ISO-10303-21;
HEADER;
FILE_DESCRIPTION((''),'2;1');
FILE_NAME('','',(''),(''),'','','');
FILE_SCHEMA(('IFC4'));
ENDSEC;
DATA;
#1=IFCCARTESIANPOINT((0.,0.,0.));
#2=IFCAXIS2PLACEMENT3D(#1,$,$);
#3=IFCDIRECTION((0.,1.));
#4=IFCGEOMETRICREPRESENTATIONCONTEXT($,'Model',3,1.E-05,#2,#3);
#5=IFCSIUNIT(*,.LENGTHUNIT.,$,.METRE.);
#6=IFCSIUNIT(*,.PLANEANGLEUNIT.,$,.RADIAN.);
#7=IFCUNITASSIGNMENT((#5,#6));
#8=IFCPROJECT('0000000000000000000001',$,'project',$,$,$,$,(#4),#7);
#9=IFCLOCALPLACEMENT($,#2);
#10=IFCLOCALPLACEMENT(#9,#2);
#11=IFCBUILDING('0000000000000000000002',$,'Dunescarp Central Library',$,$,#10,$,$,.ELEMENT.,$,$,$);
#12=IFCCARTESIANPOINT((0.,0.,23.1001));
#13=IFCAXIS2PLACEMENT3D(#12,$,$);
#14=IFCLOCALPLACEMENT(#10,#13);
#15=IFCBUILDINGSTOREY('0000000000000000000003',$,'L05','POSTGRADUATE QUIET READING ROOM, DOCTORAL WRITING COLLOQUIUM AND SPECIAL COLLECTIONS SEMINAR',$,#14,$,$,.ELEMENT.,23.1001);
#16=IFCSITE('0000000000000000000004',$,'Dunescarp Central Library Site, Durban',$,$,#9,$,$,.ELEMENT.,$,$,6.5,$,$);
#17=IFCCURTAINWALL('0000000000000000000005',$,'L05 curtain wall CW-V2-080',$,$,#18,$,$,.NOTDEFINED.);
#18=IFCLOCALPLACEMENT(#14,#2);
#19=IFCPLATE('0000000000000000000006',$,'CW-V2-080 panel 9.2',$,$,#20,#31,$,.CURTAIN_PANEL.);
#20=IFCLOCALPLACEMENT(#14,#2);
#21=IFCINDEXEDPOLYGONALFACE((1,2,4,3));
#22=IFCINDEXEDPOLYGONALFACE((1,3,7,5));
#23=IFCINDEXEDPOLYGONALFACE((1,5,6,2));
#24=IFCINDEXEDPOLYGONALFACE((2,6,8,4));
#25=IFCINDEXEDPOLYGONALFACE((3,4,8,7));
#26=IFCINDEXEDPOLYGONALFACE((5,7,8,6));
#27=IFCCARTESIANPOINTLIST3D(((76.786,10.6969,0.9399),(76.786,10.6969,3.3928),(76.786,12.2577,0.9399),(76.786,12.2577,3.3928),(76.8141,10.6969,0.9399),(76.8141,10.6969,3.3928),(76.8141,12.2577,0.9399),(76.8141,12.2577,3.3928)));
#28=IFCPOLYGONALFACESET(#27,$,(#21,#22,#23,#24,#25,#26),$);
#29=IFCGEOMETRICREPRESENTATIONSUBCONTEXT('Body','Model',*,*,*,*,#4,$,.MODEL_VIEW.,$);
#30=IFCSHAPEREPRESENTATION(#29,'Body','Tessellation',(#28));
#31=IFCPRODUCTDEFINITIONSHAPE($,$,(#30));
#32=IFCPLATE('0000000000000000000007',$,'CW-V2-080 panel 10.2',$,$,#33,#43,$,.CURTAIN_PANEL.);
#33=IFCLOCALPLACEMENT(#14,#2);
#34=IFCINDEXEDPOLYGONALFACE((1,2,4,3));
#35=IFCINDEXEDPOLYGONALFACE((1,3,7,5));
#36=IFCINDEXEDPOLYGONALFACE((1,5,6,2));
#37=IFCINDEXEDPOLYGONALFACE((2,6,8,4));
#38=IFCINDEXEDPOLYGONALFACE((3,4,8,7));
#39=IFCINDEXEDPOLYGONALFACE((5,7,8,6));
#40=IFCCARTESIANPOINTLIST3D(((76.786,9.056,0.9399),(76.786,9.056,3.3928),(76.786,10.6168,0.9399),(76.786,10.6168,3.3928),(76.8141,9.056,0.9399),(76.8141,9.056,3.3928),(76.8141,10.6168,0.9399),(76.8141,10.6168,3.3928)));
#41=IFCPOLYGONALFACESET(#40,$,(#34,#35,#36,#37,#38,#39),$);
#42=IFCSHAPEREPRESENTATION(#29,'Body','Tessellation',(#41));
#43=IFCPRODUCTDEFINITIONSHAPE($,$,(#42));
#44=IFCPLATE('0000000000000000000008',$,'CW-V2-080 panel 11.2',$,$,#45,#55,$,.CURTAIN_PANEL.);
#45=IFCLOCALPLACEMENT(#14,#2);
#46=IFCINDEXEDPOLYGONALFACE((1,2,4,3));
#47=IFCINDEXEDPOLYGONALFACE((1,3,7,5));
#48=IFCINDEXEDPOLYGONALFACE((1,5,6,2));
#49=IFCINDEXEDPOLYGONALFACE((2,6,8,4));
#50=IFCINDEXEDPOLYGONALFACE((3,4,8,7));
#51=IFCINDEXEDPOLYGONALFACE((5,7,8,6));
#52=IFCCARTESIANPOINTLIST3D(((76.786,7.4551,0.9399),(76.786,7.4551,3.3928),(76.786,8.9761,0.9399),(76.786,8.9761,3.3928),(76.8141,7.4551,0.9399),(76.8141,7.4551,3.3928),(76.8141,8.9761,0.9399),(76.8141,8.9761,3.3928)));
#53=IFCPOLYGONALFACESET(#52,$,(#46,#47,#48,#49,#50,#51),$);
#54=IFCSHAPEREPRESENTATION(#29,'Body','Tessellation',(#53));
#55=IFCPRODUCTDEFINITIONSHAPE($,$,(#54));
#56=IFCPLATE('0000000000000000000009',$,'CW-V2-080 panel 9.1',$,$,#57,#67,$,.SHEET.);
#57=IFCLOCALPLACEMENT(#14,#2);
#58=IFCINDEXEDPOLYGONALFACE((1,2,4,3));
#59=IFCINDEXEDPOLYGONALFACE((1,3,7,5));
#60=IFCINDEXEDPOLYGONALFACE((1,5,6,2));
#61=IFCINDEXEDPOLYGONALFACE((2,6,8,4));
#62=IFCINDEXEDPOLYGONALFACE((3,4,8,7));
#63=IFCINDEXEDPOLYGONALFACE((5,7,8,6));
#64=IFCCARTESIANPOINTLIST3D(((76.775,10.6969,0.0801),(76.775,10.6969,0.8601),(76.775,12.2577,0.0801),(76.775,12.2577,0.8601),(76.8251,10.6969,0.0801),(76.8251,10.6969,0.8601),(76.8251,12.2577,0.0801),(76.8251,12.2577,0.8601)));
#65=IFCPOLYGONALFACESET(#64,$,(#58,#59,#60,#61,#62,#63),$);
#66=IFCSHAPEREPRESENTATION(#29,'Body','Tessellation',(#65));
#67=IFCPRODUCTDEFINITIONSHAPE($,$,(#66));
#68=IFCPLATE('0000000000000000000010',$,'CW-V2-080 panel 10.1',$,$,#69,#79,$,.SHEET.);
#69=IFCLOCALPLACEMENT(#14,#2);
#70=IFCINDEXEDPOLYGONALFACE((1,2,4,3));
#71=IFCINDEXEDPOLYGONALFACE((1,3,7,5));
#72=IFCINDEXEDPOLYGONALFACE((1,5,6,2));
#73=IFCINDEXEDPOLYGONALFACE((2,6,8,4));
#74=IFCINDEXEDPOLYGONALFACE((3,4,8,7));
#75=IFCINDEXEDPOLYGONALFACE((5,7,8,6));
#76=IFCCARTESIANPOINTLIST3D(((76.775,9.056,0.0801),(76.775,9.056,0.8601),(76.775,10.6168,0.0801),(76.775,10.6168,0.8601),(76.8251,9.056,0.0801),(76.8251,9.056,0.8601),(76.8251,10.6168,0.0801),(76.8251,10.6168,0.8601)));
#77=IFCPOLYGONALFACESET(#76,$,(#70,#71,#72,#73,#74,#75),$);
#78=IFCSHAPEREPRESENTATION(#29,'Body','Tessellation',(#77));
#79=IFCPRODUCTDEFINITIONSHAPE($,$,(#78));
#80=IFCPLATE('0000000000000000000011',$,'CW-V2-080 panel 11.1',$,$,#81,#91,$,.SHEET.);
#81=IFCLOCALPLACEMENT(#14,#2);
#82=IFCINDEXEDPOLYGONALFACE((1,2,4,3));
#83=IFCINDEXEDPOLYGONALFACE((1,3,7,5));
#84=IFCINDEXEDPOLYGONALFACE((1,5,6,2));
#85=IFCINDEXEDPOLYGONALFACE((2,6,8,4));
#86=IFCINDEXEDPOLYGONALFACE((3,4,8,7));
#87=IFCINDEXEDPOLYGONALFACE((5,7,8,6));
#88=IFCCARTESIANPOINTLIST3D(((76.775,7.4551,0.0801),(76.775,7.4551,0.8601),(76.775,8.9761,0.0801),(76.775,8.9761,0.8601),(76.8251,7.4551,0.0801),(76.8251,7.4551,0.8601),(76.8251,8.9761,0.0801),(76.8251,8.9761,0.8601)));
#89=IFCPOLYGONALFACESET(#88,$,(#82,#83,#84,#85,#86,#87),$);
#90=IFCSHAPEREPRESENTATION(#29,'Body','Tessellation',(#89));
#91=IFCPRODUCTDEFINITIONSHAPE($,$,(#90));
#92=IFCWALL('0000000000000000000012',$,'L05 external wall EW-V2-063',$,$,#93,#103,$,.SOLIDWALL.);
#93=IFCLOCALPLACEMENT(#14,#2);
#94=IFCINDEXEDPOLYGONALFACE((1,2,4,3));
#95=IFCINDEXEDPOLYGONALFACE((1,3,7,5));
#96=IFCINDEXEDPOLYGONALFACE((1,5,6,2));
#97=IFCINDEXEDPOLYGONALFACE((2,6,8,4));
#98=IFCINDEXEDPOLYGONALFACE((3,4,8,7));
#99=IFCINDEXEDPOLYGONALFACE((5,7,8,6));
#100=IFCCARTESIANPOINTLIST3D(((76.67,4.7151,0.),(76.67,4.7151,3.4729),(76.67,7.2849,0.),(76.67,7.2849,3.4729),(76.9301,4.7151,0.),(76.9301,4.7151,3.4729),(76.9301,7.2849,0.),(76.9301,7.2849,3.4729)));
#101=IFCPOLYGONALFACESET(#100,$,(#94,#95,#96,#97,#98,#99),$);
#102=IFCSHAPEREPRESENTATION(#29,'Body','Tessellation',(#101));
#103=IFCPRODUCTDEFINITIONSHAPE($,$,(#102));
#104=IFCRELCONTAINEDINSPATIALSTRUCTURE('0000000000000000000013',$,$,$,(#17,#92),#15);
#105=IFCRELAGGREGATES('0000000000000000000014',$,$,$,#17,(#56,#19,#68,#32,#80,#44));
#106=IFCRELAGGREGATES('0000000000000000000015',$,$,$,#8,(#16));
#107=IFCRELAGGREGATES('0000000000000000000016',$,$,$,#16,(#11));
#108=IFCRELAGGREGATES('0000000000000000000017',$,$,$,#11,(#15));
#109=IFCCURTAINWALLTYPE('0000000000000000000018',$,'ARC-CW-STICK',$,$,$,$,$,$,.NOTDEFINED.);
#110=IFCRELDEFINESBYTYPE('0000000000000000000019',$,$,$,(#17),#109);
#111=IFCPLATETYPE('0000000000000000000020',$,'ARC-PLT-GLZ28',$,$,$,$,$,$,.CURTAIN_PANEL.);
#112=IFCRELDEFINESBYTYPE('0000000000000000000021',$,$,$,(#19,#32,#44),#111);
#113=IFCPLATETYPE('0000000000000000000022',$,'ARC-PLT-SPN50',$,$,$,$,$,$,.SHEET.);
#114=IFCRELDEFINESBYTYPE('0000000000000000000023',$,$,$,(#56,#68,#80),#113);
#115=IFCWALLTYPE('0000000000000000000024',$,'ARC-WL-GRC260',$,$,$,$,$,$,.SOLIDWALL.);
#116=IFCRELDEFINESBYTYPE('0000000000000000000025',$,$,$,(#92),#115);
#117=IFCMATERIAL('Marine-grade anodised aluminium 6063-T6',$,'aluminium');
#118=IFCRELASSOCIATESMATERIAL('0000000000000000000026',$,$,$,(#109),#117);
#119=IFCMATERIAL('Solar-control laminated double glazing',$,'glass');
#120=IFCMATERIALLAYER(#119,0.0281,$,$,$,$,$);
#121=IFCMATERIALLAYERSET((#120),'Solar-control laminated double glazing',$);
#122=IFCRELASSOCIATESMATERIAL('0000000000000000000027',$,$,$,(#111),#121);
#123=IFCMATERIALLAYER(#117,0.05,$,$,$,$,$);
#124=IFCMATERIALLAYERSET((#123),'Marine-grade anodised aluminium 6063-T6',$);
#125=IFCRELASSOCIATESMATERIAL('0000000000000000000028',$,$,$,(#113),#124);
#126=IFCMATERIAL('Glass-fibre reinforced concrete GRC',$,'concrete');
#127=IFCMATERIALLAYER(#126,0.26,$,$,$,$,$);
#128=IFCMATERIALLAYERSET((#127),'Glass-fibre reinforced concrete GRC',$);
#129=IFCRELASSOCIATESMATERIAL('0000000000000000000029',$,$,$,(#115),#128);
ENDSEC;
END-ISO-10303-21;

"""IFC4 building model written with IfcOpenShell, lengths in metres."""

from ifc_helpers import new_model, si_unit, direction, frame, frame_2d, origin, origin_2d, place, context, subcontext, project, spatial, rectangle, extrude, material, layer, layer_set, type_object, element, aggregate, save


model = new_model("IFC4")

# Units and contexts
model_context = context("Model", 3, precision=1e-05, world=origin(), true_north=direction((0.0, 1.0)))
body_context = subcontext(model_context, "Body", "Model", "MODEL_VIEW")
ifc_project = project(units=[si_unit("LENGTHUNIT", "METRE"), si_unit("PLANEANGLEUNIT", "RADIAN")], contexts=[model_context])

# Site, building, storey
site_placement = place(None, origin())
site = spatial("IfcSite", under=ifc_project, at=site_placement, Name="Dunescarp Central Library Site, Durban", CompositionType="ELEMENT", RefElevation=6.5)
building_placement = place(site_placement, origin())
building = spatial("IfcBuilding", under=site, at=building_placement, Name="Dunescarp Central Library", CompositionType="ELEMENT")
storey_placement = place(building_placement, frame((0.0, 0.0, 23.1001)))
storey = spatial("IfcBuildingStorey", under=building, at=storey_placement, Name="L05", Description="POSTGRADUATE QUIET READING ROOM, DOCTORAL WRITING COLLOQUIUM AND SPECIAL COLLECTIONS SEMINAR", CompositionType="ELEMENT", Elevation=23.1001)

# Curtain wall
ifc_material_1 = material(Name="Marine-grade anodised aluminium 6063-T6", Category="aluminium")
curtain_wall_type = type_object("IfcCurtainWallType", Name="ARC-CW-STICK", PredefinedType="NOTDEFINED", material=ifc_material_1)
curtain_wall_placement = place(storey_placement, origin())
curtain_wall = element("IfcCurtainWall", 1, at=curtain_wall_placement, inside=storey, type_object=curtain_wall_type, Name="L05 curtain wall CW-V2-080", PredefinedType="NOTDEFINED")

# Plates
ifc_material_2 = material(Name="Solar-control laminated double glazing", Category="glass")
ifc_layer_1 = layer(ifc_material_2, 0.0281)
ifc_layer_set_1 = layer_set([ifc_layer_1], Name="Solar-control laminated double glazing")
plate_type_1 = type_object("IfcPlateType", Name="ARC-PLT-GLZ28", PredefinedType="CURTAIN_PANEL", material=ifc_layer_set_1)
plate_1_placement = place(storey_placement, frame((76.8, 11.4773, 0.9399), z_axis=(0.0, 0.0, 1.0), x_axis=(0.0, -1.0, 0.0)))
plate_1 = element("IfcPlate", 2, at=plate_1_placement, type_object=plate_type_1, Name="CW-V2-080 panel 9.2", PredefinedType="CURTAIN_PANEL", context=body_context, shape_type="SweptSolid", body=[
    extrude(rectangle(XDim=1.5608, YDim=0.0281, at=origin_2d()), origin(), (0.0, 0.0, 1.0), 2.4529),
])
plate_2_placement = place(storey_placement, frame((76.8, 9.8364, 0.9399), z_axis=(0.0, 0.0, 1.0), x_axis=(0.0, -1.0, 0.0)))
plate_2 = element("IfcPlate", 3, at=plate_2_placement, type_object=plate_type_1, Name="CW-V2-080 panel 10.2", PredefinedType="CURTAIN_PANEL", context=body_context, shape_type="SweptSolid", body=[
    extrude(rectangle(XDim=1.5608, YDim=0.0281, at=origin_2d()), origin(), (0.0, 0.0, 1.0), 2.4529),
])
plate_3_placement = place(storey_placement, frame((76.8, 8.2156, 0.9399), z_axis=(0.0, 0.0, 1.0), x_axis=(0.0, -1.0, 0.0)))
plate_3 = element("IfcPlate", 4, at=plate_3_placement, type_object=plate_type_1, Name="CW-V2-080 panel 11.2", PredefinedType="CURTAIN_PANEL", context=body_context, shape_type="SweptSolid", body=[
    extrude(rectangle(XDim=1.521, YDim=0.0281, at=origin_2d()), origin(), (0.0, 0.0, 1.0), 2.4529),
])
ifc_layer_2 = layer(ifc_material_1, 0.05)
ifc_layer_set_2 = layer_set([ifc_layer_2], Name="Marine-grade anodised aluminium 6063-T6")
plate_type_2 = type_object("IfcPlateType", Name="ARC-PLT-SPN50", PredefinedType="SHEET", material=ifc_layer_set_2)
plate_4_placement = place(storey_placement, frame((76.8, 11.4773, 0.0801), z_axis=(0.0, 0.0, 1.0), x_axis=(0.0, -1.0, 0.0)))
plate_4 = element("IfcPlate", 5, at=plate_4_placement, type_object=plate_type_2, Name="CW-V2-080 panel 9.1", PredefinedType="SHEET", context=body_context, shape_type="SweptSolid", body=[
    extrude(rectangle(XDim=1.5608, YDim=0.05, at=origin_2d()), origin(), (0.0, 0.0, 1.0), 0.78),
])
plate_5_placement = place(storey_placement, frame((76.8, 9.8364, 0.0801), z_axis=(0.0, 0.0, 1.0), x_axis=(0.0, -1.0, 0.0)))
plate_5 = element("IfcPlate", 6, at=plate_5_placement, type_object=plate_type_2, Name="CW-V2-080 panel 10.1", PredefinedType="SHEET", context=body_context, shape_type="SweptSolid", body=[
    extrude(rectangle(XDim=1.5608, YDim=0.05, at=origin_2d()), origin(), (0.0, 0.0, 1.0), 0.78),
])
plate_6_placement = place(storey_placement, frame((76.8, 8.2156, 0.0801), z_axis=(0.0, 0.0, 1.0), x_axis=(0.0, -1.0, 0.0)))
plate_6 = element("IfcPlate", 7, at=plate_6_placement, type_object=plate_type_2, Name="CW-V2-080 panel 11.1", PredefinedType="SHEET", context=body_context, shape_type="SweptSolid", body=[
    extrude(rectangle(XDim=1.521, YDim=0.05, at=origin_2d()), origin(), (0.0, 0.0, 1.0), 0.78),
])
aggregate(curtain_wall, [plate_4, plate_1, plate_5, plate_2, plate_6, plate_3])

# Wall
ifc_material_3 = material(Name="Glass-fibre reinforced concrete GRC", Category="concrete")
ifc_layer_3 = layer(ifc_material_3, 0.26)
ifc_layer_set_3 = layer_set([ifc_layer_3], Name="Glass-fibre reinforced concrete GRC")
wall_type = type_object("IfcWallType", Name="ARC-WL-GRC260", PredefinedType="SOLIDWALL", material=ifc_layer_set_3)
wall_placement = place(storey_placement, frame((76.8, 7.2849, 0.0), z_axis=(0.0, 0.0, 1.0), x_axis=(0.0, -1.0, 0.0)))
element("IfcWall", 8, at=wall_placement, inside=storey, type_object=wall_type, Name="L05 external wall EW-V2-063", PredefinedType="SOLIDWALL", context=body_context, shape_type="SweptSolid", body=[
    extrude(rectangle(XDim=2.5698, YDim=0.26, at=frame_2d((1.2849, 0.0))), origin(), (0.0, 0.0, 1.0), 3.4729),
])

save(model, "model.ifc")
